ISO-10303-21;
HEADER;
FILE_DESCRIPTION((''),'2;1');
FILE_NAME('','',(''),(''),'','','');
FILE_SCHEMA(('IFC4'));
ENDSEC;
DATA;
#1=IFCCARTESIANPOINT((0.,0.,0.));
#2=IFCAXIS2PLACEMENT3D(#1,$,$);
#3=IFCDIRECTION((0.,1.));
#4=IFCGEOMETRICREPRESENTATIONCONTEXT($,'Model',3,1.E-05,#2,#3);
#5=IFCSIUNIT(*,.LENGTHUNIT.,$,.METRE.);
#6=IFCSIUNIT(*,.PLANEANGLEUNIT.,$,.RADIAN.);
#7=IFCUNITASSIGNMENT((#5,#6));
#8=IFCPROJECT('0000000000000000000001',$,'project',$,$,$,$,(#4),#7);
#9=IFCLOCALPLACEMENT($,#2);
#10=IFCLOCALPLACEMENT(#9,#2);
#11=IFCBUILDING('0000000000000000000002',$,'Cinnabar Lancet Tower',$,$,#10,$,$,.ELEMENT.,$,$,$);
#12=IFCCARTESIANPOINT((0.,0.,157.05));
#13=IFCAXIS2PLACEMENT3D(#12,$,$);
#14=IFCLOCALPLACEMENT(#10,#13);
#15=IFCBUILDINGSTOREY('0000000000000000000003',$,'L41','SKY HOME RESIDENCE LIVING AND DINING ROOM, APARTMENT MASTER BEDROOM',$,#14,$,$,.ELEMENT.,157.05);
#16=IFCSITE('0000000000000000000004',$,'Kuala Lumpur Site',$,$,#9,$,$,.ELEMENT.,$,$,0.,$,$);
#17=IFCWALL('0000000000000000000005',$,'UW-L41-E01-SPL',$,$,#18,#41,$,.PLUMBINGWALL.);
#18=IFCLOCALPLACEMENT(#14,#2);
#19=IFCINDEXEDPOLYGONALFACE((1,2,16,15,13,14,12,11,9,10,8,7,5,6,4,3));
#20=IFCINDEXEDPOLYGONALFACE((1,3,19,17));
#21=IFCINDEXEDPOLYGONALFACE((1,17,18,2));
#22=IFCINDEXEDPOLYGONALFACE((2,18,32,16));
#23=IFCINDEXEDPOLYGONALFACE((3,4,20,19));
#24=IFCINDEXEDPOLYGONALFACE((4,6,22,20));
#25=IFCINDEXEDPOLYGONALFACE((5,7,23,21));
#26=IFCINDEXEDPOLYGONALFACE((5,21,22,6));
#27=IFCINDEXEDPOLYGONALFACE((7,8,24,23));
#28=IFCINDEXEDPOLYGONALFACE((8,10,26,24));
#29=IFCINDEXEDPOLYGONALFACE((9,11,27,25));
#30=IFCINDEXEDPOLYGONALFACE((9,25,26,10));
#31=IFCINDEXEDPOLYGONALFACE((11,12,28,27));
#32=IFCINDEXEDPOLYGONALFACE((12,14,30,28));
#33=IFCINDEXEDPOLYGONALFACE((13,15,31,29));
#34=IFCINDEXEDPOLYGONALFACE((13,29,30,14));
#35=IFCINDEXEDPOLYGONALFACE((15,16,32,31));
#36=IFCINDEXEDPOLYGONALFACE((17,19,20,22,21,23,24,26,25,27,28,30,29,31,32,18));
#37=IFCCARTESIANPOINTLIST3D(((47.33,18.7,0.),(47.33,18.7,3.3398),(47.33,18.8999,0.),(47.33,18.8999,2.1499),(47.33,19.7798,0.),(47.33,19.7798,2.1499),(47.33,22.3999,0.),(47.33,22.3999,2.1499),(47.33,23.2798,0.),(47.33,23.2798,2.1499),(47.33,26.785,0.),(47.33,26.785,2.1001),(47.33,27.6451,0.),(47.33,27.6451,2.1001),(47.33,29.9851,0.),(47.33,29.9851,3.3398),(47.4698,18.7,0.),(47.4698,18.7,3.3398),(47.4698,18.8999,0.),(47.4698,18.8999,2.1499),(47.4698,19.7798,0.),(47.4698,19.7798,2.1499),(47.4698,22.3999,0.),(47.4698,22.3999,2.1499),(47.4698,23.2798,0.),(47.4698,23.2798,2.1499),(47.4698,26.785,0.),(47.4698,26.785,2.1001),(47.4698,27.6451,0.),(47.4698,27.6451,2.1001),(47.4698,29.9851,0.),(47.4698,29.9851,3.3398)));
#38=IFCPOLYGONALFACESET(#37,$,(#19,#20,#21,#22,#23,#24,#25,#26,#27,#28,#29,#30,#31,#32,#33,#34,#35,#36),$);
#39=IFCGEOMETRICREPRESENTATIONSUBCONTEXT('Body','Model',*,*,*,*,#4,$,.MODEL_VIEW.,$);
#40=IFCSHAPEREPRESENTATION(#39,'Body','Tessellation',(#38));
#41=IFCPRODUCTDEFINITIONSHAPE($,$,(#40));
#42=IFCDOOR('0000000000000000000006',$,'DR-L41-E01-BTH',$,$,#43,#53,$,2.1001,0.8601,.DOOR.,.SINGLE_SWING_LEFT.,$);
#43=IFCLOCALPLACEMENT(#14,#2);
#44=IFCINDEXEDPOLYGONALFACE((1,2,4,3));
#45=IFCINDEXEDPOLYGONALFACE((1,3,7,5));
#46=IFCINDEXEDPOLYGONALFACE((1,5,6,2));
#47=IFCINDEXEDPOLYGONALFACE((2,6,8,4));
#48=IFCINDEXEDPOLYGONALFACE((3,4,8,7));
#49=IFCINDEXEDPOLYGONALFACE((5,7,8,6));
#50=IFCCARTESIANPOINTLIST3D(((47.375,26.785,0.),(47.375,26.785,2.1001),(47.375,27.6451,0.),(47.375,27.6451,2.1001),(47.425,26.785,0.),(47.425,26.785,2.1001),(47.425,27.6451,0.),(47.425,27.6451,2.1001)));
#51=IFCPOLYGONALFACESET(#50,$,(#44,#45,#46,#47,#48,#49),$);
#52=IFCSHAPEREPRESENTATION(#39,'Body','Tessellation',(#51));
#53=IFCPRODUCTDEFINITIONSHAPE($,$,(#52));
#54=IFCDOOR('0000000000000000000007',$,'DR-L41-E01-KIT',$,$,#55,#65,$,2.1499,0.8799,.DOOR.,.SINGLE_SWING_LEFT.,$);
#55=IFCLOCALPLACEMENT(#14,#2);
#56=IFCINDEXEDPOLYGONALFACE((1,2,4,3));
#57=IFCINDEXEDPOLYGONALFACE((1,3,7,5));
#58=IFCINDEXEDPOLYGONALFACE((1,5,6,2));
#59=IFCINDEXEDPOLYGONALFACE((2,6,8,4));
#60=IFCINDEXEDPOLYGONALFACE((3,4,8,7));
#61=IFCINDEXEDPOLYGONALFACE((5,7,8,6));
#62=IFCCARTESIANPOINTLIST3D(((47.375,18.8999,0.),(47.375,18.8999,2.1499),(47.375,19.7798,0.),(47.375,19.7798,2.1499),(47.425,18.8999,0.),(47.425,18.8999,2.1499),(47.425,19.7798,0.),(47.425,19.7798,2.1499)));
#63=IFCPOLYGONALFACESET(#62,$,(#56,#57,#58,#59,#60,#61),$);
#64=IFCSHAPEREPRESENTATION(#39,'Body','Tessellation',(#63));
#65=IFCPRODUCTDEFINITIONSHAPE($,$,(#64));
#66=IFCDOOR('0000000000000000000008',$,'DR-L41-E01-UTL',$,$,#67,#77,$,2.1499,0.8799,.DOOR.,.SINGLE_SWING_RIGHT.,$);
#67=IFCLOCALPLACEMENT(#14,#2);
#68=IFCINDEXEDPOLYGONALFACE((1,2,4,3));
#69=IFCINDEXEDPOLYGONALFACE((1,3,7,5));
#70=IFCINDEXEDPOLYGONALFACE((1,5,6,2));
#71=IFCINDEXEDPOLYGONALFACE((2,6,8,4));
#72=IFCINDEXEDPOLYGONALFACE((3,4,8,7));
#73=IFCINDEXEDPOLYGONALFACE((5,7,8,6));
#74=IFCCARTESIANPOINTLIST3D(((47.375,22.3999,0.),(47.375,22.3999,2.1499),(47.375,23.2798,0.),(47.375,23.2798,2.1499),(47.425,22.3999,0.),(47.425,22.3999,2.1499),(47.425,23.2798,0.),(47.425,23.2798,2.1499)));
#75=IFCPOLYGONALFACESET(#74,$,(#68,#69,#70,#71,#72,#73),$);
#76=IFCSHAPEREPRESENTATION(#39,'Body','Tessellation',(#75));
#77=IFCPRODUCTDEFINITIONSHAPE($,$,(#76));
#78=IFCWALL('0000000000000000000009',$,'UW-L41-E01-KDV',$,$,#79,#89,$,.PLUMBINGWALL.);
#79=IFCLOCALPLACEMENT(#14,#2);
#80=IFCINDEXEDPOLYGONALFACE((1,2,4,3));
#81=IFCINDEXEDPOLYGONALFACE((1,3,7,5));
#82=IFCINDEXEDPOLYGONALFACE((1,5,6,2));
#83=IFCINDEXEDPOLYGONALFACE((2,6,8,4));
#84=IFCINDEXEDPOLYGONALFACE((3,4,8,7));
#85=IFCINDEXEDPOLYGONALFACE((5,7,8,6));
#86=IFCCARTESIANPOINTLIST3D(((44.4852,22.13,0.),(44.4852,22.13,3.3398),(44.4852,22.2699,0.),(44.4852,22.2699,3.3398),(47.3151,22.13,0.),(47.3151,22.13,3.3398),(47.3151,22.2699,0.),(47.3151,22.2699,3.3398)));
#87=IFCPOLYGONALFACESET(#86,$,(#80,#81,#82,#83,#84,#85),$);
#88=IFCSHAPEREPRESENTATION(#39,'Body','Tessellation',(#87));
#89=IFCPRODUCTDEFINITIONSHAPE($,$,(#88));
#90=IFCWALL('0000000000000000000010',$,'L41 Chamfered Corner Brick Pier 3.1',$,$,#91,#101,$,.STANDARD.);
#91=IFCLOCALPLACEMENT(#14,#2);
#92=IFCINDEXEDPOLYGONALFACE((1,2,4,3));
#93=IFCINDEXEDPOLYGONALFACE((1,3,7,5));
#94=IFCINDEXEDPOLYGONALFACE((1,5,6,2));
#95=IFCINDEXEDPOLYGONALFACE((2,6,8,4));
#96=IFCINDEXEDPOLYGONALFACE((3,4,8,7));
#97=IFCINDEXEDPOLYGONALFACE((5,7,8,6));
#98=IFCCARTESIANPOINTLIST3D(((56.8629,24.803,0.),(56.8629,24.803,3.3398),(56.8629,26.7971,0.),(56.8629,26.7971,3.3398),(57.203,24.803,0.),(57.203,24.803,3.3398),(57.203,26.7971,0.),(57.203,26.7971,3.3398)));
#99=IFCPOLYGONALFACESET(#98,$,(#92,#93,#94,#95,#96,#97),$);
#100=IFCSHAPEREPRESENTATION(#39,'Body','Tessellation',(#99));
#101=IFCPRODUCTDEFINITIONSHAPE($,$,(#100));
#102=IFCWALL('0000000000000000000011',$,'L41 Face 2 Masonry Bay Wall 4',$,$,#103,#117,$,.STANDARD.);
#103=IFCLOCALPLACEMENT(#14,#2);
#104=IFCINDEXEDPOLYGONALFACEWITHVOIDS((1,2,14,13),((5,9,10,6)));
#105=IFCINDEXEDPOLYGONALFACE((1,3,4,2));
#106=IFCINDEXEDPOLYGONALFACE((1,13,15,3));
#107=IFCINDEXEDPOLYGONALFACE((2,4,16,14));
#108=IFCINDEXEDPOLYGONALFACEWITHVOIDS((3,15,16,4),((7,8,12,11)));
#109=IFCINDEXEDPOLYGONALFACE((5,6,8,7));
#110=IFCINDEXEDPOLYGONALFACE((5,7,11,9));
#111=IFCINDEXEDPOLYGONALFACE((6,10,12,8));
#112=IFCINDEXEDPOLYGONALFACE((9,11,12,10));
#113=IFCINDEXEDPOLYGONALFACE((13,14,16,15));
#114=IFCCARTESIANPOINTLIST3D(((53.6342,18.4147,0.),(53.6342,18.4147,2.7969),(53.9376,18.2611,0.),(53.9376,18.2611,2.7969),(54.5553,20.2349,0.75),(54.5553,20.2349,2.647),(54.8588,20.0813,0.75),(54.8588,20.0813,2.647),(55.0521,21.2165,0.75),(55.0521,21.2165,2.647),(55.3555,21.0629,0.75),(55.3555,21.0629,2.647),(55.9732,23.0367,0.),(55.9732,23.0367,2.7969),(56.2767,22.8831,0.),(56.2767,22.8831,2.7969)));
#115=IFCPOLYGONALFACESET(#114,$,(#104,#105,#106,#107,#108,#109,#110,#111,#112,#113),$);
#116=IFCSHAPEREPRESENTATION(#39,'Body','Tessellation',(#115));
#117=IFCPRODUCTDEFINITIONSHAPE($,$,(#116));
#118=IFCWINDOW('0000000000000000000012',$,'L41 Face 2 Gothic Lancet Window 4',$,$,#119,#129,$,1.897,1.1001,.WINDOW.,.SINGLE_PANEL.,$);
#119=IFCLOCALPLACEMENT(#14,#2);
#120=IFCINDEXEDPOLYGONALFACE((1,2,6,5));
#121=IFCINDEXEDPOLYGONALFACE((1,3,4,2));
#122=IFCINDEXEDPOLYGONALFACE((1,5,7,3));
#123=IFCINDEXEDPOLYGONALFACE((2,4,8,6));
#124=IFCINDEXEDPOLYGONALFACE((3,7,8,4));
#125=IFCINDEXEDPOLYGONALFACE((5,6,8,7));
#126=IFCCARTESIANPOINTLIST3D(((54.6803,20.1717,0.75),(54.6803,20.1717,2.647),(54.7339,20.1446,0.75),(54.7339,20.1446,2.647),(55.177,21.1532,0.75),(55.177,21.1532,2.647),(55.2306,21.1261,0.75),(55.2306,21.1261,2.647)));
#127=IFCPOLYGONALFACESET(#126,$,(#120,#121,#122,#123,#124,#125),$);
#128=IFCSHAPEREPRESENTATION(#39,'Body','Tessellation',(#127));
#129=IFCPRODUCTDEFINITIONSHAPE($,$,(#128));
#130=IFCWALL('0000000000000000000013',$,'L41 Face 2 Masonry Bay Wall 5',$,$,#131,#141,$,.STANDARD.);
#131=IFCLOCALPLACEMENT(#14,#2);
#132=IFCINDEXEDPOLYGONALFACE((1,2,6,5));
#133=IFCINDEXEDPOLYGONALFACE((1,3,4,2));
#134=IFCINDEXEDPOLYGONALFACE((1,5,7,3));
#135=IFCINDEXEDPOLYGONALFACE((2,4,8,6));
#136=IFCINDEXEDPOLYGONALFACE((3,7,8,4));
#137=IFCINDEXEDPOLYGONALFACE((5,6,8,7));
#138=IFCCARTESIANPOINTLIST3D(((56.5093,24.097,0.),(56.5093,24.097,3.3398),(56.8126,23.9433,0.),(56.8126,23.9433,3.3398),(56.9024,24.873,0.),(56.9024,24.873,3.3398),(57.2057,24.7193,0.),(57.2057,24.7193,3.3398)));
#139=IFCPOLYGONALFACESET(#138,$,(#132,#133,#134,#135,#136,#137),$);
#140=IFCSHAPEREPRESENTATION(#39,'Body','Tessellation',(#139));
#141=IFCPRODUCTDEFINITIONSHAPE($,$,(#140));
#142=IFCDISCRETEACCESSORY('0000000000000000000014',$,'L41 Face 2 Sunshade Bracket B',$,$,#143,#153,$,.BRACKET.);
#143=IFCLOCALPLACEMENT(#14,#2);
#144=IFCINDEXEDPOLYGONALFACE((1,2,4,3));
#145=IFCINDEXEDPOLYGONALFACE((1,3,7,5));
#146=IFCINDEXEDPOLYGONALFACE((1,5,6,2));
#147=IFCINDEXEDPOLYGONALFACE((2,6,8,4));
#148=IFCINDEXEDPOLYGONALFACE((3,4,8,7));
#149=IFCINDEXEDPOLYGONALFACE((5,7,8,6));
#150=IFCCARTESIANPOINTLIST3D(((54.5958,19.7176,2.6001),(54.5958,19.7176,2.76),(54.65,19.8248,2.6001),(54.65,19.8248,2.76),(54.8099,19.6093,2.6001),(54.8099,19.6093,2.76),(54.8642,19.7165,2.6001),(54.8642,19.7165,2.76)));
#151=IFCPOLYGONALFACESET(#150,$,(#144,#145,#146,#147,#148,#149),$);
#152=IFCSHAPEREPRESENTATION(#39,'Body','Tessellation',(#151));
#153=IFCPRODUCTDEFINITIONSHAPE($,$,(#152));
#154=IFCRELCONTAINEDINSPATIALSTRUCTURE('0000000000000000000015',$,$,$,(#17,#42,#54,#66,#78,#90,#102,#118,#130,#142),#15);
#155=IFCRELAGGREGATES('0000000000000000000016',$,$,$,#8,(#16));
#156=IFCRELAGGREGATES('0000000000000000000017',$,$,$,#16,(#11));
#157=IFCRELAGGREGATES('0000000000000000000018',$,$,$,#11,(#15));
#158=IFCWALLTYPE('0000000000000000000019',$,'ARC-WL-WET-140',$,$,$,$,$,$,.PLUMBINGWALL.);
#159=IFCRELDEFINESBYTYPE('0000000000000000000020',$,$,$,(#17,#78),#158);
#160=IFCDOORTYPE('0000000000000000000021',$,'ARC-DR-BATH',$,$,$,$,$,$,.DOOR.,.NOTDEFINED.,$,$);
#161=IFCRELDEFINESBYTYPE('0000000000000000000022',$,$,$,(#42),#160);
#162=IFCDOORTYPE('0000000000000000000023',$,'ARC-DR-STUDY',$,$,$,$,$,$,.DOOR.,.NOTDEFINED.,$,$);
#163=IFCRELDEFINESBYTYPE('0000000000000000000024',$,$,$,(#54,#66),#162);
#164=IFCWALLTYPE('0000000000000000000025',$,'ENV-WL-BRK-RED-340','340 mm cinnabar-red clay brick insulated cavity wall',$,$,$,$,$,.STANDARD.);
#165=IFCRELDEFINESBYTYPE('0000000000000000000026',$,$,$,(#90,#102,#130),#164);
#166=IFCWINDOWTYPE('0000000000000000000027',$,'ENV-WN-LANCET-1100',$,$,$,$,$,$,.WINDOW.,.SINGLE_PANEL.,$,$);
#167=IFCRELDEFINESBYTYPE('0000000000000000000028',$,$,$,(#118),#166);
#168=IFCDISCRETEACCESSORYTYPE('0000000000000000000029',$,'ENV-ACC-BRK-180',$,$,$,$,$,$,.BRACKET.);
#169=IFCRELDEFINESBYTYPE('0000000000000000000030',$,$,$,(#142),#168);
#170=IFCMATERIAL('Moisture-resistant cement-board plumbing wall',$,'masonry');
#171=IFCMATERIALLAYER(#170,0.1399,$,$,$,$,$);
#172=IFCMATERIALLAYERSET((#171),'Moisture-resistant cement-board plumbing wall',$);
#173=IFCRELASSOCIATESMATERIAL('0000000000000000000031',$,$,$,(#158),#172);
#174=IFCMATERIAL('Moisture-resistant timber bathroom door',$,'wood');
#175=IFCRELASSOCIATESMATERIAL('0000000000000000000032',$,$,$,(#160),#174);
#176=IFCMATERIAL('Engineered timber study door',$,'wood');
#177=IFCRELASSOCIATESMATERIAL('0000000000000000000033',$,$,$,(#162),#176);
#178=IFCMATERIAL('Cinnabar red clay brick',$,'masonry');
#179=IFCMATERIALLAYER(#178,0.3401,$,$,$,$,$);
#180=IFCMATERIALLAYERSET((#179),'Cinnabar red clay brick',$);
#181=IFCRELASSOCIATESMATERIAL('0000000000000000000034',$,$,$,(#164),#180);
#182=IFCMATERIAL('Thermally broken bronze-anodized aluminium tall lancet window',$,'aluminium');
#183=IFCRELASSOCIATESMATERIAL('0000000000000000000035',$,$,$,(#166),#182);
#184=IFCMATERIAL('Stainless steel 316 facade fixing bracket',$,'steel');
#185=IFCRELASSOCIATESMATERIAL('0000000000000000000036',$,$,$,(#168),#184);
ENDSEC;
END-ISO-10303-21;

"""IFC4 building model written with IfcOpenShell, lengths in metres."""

from ifc_helpers import new_model, si_unit, direction, frame, frame_2d, origin, origin_2d, place, context, subcontext, project, spatial, rectangle, extrude, material, layer, layer_set, type_object, element, fill, save


model = new_model("IFC4")

# Units and contexts
model_context = context("Model", 3, precision=1e-05, world=origin(), true_north=direction((0.0, 1.0)))
body_context = subcontext(model_context, "Body", "Model", "MODEL_VIEW")
ifc_project = project(units=[si_unit("LENGTHUNIT", "METRE"), si_unit("PLANEANGLEUNIT", "RADIAN")], contexts=[model_context])

# Site, building, storey
site_placement = place(None, origin())
site = spatial("IfcSite", under=ifc_project, at=site_placement, Name="Kuala Lumpur Site", CompositionType="ELEMENT", RefElevation=0.0)
building_placement = place(site_placement, origin())
building = spatial("IfcBuilding", under=site, at=building_placement, Name="Cinnabar Lancet Tower", CompositionType="ELEMENT")
storey_placement = place(building_placement, frame((0.0, 0.0, 157.05)))
storey = spatial("IfcBuildingStorey", under=building, at=storey_placement, Name="L41", Description="SKY HOME RESIDENCE LIVING AND DINING ROOM, APARTMENT MASTER BEDROOM", CompositionType="ELEMENT", Elevation=157.05)

# Wall, openings, doors
ifc_material_1 = material(Name="Moisture-resistant cement-board plumbing wall", Category="masonry")
ifc_layer_1 = layer(ifc_material_1, 0.1399)
ifc_layer_set_1 = layer_set([ifc_layer_1], Name="Moisture-resistant cement-board plumbing wall")
wall_type_1 = type_object("IfcWallType", Name="ARC-WL-WET-140", PredefinedType="PLUMBINGWALL", material=ifc_layer_set_1)
wall_1_placement = place(storey_placement, frame((47.3999, 18.7, 0.0), z_axis=(0.0, 0.0, 1.0), x_axis=(0.0, 1.0, 0.0)))
wall_1 = element("IfcWall", 1, at=wall_1_placement, inside=storey, type_object=wall_type_1, Name="UW-L41-E01-SPL", PredefinedType="PLUMBINGWALL", context=body_context, shape_type="SweptSolid", body=[
    extrude(rectangle(XDim=11.2852, YDim=0.1399, at=frame_2d((5.6426, 0.0))), origin(), (0.0, 0.0, 1.0), 3.3398),
])
opening_1_placement = place(wall_1_placement, frame((0.2, 0.0, 0.0)))
opening_1 = element("IfcOpeningElement", 2, at=opening_1_placement, cuts=wall_1, PredefinedType="OPENING", context=body_context, shape_type="SweptSolid", body=[
    extrude(rectangle(XDim=0.8799, YDim=2.1499, at=frame_2d((0.4399, 1.075))), frame((0.0, 0.0798, 0.0), z_axis=(0.0, -1.0, 0.0), x_axis=(1.0, 0.0, 0.0)), (0.0, 0.0, 1.0), 0.1599),
])
opening_2_placement = place(wall_1_placement, frame((3.7, 0.0, 0.0)))
opening_2 = element("IfcOpeningElement", 3, at=opening_2_placement, cuts=wall_1, PredefinedType="OPENING", context=body_context, shape_type="SweptSolid", body=[
    extrude(rectangle(XDim=0.8799, YDim=2.1499, at=frame_2d((0.4399, 1.075))), frame((0.0, 0.0798, 0.0), z_axis=(0.0, -1.0, 0.0), x_axis=(1.0, 0.0, 0.0)), (0.0, 0.0, 1.0), 0.1599),
])
opening_3_placement = place(wall_1_placement, frame((8.085, 0.0, 0.0)))
opening_3 = element("IfcOpeningElement", 4, at=opening_3_placement, cuts=wall_1, PredefinedType="OPENING", context=body_context, shape_type="SweptSolid", body=[
    extrude(rectangle(XDim=0.8601, YDim=2.1001, at=frame_2d((0.4302, 1.05))), frame((0.0, 0.0798, 0.0), z_axis=(0.0, -1.0, 0.0), x_axis=(1.0, 0.0, 0.0)), (0.0, 0.0, 1.0), 0.1599),
])
ifc_material_2 = material(Name="Moisture-resistant timber bathroom door", Category="wood")
door_type_1 = type_object("IfcDoorType", Name="ARC-DR-BATH", OperationType="NOTDEFINED", PredefinedType="DOOR", material=ifc_material_2)
door_1_placement = place(opening_3_placement, origin())
door_1 = element("IfcDoor", 5, at=door_1_placement, inside=storey, type_object=door_type_1, Name="DR-L41-E01-BTH", OperationType="SINGLE_SWING_LEFT", OverallHeight=2.1001, OverallWidth=0.8601, PredefinedType="DOOR", context=body_context, shape_type="SweptSolid", body=[
    extrude(rectangle(XDim=0.8601, YDim=2.1001, at=frame_2d((0.4302, 1.05))), frame((0.0, 0.0249, 0.0), z_axis=(0.0, -1.0, 0.0), x_axis=(1.0, 0.0, 0.0)), (0.0, 0.0, 1.0), 0.05),
])
fill(opening_3, door_1)
ifc_material_3 = material(Name="Engineered timber study door", Category="wood")
door_type_2 = type_object("IfcDoorType", Name="ARC-DR-STUDY", OperationType="NOTDEFINED", PredefinedType="DOOR", material=ifc_material_3)
door_2_placement = place(opening_1_placement, origin())
door_2 = element("IfcDoor", 6, at=door_2_placement, inside=storey, type_object=door_type_2, Name="DR-L41-E01-KIT", OperationType="SINGLE_SWING_LEFT", OverallHeight=2.1499, OverallWidth=0.8799, PredefinedType="DOOR", context=body_context, shape_type="SweptSolid", body=[
    extrude(rectangle(XDim=0.8799, YDim=2.1499, at=frame_2d((0.4399, 1.075))), frame((0.0, 0.0249, 0.0), z_axis=(0.0, -1.0, 0.0), x_axis=(1.0, 0.0, 0.0)), (0.0, 0.0, 1.0), 0.05),
])
fill(opening_1, door_2)
door_3_placement = place(opening_2_placement, origin())
door_3 = element("IfcDoor", 7, at=door_3_placement, inside=storey, type_object=door_type_2, Name="DR-L41-E01-UTL", OperationType="SINGLE_SWING_RIGHT", OverallHeight=2.1499, OverallWidth=0.8799, PredefinedType="DOOR", context=body_context, shape_type="SweptSolid", body=[
    extrude(rectangle(XDim=0.8799, YDim=2.1499, at=frame_2d((0.4399, 1.075))), frame((0.0, 0.0249, 0.0), z_axis=(0.0, -1.0, 0.0), x_axis=(1.0, 0.0, 0.0)), (0.0, 0.0, 1.0), 0.05),
])
fill(opening_2, door_3)

# Walls
wall_2_placement = place(storey_placement, frame((44.4851, 22.2, 0.0), z_axis=(0.0, 0.0, 1.0), x_axis=(1.0, 0.0, 0.0)))
element("IfcWall", 8, at=wall_2_placement, inside=storey, type_object=wall_type_1, Name="UW-L41-E01-KDV", PredefinedType="PLUMBINGWALL", context=body_context, shape_type="SweptSolid", body=[
    extrude(rectangle(XDim=2.8298, YDim=0.1399, at=frame_2d((1.415, 0.0))), origin(), (0.0, 0.0, 1.0), 3.3398),
])
ifc_material_4 = material(Name="Cinnabar red clay brick", Category="masonry")
ifc_layer_2 = layer(ifc_material_4, 0.3401)
ifc_layer_set_2 = layer_set([ifc_layer_2], Name="Cinnabar red clay brick")
wall_type_2 = type_object("IfcWallType", Name="ENV-WL-BRK-RED-340", Description="340 mm cinnabar-red clay brick insulated cavity wall", PredefinedType="STANDARD", material=ifc_layer_set_2)
wall_3_placement = place(storey_placement, frame((57.033, 24.803, 0.0), z_axis=(0.0, 0.0, 1.0), x_axis=(0.0, 1.0, 0.0)))
element("IfcWall", 9, at=wall_3_placement, inside=storey, type_object=wall_type_2, Name="L41 Chamfered Corner Brick Pier 3.1", PredefinedType="STANDARD", context=body_context, shape_type="SweptSolid", body=[
    extrude(rectangle(XDim=1.9941, YDim=0.3401, at=frame_2d((0.9971, 0.0))), origin(), (0.0, 0.0, 1.0), 3.3398),
])

# Wall, opening, window
wall_4_placement = place(storey_placement, frame((53.7859, 18.3379, 0.0), z_axis=(0.0, 0.0, 1.0), x_axis=(0.451544, 0.892249, 0.0)))
wall_4 = element("IfcWall", 10, at=wall_4_placement, inside=storey, type_object=wall_type_2, Name="L41 Face 2 Masonry Bay Wall 4", PredefinedType="STANDARD", context=body_context, shape_type="SweptSolid", body=[
    extrude(rectangle(XDim=5.1802, YDim=0.3401, at=frame_2d((2.5901, 0.0))), origin(), (0.0, 0.0, 1.0), 2.7969),
])
opening_4_placement = place(wall_4_placement, frame((2.04, 0.0, 0.75)))
opening_4 = element("IfcOpeningElement", 11, at=opening_4_placement, cuts=wall_4, PredefinedType="OPENING", context=body_context, shape_type="SweptSolid", body=[
    extrude(rectangle(XDim=1.1001, YDim=1.897, at=frame_2d((0.55, 0.9485))), frame((0.0, 0.1799, 0.0), z_axis=(0.0, -1.0, 0.0), x_axis=(1.0, 0.0, 0.0)), (0.0, 0.0, 1.0), 0.3601),
])
ifc_material_5 = material(Name="Thermally broken bronze-anodized aluminium tall lancet window", Category="aluminium")
window_type = type_object("IfcWindowType", Name="ENV-WN-LANCET-1100", PartitioningType="SINGLE_PANEL", PredefinedType="WINDOW", material=ifc_material_5)
window_placement = place(opening_4_placement, origin())
window = element("IfcWindow", 12, at=window_placement, inside=storey, type_object=window_type, Name="L41 Face 2 Gothic Lancet Window 4", OverallHeight=1.897, OverallWidth=1.1001, PartitioningType="SINGLE_PANEL", PredefinedType="WINDOW", context=body_context, shape_type="SweptSolid", body=[
    extrude(rectangle(XDim=1.1001, YDim=1.897, at=frame_2d((0.55, 0.9485))), frame((0.0, 0.03, 0.0), z_axis=(0.0, -1.0, 0.0), x_axis=(1.0, 0.0, 0.0)), (0.0, 0.0, 1.0), 0.0601),
])
fill(opening_4, window)

# Wall
wall_5_placement = place(storey_placement, frame((56.6609, 24.02, 0.0), z_axis=(0.0, 0.0, 1.0), x_axis=(0.451923, 0.892057, 0.0)))
element("IfcWall", 13, at=wall_5_placement, inside=storey, type_object=wall_type_2, Name="L41 Face 2 Masonry Bay Wall 5", PredefinedType="STANDARD", context=body_context, shape_type="SweptSolid", body=[
    extrude(rectangle(XDim=0.8699, YDim=0.3401, at=frame_2d((0.4351, 0.0))), origin(), (0.0, 0.0, 1.0), 3.3398),
])

# Discrete accessory
ifc_material_6 = material(Name="Stainless steel 316 facade fixing bracket", Category="steel")
discrete_accessory_type = type_object("IfcDiscreteAccessoryType", Name="ENV-ACC-BRK-180", PredefinedType="BRACKET", material=ifc_material_6)
discrete_accessory_placement = place(storey_placement, frame((54.73, 19.717, 2.6001), z_axis=(0.0, 0.0, 1.0), x_axis=(0.451454, 0.892294, 0.0)))
element("IfcDiscreteAccessory", 14, at=discrete_accessory_placement, inside=storey, type_object=discrete_accessory_type, Name="L41 Face 2 Sunshade Bracket B", PredefinedType="BRACKET", context=body_context, shape_type="SweptSolid", body=[
    extrude(rectangle(XDim=0.1201, YDim=0.24, at=origin_2d()), origin(), (0.0, 0.0, 1.0), 0.1599),
])

save(model, "model.ifc")
